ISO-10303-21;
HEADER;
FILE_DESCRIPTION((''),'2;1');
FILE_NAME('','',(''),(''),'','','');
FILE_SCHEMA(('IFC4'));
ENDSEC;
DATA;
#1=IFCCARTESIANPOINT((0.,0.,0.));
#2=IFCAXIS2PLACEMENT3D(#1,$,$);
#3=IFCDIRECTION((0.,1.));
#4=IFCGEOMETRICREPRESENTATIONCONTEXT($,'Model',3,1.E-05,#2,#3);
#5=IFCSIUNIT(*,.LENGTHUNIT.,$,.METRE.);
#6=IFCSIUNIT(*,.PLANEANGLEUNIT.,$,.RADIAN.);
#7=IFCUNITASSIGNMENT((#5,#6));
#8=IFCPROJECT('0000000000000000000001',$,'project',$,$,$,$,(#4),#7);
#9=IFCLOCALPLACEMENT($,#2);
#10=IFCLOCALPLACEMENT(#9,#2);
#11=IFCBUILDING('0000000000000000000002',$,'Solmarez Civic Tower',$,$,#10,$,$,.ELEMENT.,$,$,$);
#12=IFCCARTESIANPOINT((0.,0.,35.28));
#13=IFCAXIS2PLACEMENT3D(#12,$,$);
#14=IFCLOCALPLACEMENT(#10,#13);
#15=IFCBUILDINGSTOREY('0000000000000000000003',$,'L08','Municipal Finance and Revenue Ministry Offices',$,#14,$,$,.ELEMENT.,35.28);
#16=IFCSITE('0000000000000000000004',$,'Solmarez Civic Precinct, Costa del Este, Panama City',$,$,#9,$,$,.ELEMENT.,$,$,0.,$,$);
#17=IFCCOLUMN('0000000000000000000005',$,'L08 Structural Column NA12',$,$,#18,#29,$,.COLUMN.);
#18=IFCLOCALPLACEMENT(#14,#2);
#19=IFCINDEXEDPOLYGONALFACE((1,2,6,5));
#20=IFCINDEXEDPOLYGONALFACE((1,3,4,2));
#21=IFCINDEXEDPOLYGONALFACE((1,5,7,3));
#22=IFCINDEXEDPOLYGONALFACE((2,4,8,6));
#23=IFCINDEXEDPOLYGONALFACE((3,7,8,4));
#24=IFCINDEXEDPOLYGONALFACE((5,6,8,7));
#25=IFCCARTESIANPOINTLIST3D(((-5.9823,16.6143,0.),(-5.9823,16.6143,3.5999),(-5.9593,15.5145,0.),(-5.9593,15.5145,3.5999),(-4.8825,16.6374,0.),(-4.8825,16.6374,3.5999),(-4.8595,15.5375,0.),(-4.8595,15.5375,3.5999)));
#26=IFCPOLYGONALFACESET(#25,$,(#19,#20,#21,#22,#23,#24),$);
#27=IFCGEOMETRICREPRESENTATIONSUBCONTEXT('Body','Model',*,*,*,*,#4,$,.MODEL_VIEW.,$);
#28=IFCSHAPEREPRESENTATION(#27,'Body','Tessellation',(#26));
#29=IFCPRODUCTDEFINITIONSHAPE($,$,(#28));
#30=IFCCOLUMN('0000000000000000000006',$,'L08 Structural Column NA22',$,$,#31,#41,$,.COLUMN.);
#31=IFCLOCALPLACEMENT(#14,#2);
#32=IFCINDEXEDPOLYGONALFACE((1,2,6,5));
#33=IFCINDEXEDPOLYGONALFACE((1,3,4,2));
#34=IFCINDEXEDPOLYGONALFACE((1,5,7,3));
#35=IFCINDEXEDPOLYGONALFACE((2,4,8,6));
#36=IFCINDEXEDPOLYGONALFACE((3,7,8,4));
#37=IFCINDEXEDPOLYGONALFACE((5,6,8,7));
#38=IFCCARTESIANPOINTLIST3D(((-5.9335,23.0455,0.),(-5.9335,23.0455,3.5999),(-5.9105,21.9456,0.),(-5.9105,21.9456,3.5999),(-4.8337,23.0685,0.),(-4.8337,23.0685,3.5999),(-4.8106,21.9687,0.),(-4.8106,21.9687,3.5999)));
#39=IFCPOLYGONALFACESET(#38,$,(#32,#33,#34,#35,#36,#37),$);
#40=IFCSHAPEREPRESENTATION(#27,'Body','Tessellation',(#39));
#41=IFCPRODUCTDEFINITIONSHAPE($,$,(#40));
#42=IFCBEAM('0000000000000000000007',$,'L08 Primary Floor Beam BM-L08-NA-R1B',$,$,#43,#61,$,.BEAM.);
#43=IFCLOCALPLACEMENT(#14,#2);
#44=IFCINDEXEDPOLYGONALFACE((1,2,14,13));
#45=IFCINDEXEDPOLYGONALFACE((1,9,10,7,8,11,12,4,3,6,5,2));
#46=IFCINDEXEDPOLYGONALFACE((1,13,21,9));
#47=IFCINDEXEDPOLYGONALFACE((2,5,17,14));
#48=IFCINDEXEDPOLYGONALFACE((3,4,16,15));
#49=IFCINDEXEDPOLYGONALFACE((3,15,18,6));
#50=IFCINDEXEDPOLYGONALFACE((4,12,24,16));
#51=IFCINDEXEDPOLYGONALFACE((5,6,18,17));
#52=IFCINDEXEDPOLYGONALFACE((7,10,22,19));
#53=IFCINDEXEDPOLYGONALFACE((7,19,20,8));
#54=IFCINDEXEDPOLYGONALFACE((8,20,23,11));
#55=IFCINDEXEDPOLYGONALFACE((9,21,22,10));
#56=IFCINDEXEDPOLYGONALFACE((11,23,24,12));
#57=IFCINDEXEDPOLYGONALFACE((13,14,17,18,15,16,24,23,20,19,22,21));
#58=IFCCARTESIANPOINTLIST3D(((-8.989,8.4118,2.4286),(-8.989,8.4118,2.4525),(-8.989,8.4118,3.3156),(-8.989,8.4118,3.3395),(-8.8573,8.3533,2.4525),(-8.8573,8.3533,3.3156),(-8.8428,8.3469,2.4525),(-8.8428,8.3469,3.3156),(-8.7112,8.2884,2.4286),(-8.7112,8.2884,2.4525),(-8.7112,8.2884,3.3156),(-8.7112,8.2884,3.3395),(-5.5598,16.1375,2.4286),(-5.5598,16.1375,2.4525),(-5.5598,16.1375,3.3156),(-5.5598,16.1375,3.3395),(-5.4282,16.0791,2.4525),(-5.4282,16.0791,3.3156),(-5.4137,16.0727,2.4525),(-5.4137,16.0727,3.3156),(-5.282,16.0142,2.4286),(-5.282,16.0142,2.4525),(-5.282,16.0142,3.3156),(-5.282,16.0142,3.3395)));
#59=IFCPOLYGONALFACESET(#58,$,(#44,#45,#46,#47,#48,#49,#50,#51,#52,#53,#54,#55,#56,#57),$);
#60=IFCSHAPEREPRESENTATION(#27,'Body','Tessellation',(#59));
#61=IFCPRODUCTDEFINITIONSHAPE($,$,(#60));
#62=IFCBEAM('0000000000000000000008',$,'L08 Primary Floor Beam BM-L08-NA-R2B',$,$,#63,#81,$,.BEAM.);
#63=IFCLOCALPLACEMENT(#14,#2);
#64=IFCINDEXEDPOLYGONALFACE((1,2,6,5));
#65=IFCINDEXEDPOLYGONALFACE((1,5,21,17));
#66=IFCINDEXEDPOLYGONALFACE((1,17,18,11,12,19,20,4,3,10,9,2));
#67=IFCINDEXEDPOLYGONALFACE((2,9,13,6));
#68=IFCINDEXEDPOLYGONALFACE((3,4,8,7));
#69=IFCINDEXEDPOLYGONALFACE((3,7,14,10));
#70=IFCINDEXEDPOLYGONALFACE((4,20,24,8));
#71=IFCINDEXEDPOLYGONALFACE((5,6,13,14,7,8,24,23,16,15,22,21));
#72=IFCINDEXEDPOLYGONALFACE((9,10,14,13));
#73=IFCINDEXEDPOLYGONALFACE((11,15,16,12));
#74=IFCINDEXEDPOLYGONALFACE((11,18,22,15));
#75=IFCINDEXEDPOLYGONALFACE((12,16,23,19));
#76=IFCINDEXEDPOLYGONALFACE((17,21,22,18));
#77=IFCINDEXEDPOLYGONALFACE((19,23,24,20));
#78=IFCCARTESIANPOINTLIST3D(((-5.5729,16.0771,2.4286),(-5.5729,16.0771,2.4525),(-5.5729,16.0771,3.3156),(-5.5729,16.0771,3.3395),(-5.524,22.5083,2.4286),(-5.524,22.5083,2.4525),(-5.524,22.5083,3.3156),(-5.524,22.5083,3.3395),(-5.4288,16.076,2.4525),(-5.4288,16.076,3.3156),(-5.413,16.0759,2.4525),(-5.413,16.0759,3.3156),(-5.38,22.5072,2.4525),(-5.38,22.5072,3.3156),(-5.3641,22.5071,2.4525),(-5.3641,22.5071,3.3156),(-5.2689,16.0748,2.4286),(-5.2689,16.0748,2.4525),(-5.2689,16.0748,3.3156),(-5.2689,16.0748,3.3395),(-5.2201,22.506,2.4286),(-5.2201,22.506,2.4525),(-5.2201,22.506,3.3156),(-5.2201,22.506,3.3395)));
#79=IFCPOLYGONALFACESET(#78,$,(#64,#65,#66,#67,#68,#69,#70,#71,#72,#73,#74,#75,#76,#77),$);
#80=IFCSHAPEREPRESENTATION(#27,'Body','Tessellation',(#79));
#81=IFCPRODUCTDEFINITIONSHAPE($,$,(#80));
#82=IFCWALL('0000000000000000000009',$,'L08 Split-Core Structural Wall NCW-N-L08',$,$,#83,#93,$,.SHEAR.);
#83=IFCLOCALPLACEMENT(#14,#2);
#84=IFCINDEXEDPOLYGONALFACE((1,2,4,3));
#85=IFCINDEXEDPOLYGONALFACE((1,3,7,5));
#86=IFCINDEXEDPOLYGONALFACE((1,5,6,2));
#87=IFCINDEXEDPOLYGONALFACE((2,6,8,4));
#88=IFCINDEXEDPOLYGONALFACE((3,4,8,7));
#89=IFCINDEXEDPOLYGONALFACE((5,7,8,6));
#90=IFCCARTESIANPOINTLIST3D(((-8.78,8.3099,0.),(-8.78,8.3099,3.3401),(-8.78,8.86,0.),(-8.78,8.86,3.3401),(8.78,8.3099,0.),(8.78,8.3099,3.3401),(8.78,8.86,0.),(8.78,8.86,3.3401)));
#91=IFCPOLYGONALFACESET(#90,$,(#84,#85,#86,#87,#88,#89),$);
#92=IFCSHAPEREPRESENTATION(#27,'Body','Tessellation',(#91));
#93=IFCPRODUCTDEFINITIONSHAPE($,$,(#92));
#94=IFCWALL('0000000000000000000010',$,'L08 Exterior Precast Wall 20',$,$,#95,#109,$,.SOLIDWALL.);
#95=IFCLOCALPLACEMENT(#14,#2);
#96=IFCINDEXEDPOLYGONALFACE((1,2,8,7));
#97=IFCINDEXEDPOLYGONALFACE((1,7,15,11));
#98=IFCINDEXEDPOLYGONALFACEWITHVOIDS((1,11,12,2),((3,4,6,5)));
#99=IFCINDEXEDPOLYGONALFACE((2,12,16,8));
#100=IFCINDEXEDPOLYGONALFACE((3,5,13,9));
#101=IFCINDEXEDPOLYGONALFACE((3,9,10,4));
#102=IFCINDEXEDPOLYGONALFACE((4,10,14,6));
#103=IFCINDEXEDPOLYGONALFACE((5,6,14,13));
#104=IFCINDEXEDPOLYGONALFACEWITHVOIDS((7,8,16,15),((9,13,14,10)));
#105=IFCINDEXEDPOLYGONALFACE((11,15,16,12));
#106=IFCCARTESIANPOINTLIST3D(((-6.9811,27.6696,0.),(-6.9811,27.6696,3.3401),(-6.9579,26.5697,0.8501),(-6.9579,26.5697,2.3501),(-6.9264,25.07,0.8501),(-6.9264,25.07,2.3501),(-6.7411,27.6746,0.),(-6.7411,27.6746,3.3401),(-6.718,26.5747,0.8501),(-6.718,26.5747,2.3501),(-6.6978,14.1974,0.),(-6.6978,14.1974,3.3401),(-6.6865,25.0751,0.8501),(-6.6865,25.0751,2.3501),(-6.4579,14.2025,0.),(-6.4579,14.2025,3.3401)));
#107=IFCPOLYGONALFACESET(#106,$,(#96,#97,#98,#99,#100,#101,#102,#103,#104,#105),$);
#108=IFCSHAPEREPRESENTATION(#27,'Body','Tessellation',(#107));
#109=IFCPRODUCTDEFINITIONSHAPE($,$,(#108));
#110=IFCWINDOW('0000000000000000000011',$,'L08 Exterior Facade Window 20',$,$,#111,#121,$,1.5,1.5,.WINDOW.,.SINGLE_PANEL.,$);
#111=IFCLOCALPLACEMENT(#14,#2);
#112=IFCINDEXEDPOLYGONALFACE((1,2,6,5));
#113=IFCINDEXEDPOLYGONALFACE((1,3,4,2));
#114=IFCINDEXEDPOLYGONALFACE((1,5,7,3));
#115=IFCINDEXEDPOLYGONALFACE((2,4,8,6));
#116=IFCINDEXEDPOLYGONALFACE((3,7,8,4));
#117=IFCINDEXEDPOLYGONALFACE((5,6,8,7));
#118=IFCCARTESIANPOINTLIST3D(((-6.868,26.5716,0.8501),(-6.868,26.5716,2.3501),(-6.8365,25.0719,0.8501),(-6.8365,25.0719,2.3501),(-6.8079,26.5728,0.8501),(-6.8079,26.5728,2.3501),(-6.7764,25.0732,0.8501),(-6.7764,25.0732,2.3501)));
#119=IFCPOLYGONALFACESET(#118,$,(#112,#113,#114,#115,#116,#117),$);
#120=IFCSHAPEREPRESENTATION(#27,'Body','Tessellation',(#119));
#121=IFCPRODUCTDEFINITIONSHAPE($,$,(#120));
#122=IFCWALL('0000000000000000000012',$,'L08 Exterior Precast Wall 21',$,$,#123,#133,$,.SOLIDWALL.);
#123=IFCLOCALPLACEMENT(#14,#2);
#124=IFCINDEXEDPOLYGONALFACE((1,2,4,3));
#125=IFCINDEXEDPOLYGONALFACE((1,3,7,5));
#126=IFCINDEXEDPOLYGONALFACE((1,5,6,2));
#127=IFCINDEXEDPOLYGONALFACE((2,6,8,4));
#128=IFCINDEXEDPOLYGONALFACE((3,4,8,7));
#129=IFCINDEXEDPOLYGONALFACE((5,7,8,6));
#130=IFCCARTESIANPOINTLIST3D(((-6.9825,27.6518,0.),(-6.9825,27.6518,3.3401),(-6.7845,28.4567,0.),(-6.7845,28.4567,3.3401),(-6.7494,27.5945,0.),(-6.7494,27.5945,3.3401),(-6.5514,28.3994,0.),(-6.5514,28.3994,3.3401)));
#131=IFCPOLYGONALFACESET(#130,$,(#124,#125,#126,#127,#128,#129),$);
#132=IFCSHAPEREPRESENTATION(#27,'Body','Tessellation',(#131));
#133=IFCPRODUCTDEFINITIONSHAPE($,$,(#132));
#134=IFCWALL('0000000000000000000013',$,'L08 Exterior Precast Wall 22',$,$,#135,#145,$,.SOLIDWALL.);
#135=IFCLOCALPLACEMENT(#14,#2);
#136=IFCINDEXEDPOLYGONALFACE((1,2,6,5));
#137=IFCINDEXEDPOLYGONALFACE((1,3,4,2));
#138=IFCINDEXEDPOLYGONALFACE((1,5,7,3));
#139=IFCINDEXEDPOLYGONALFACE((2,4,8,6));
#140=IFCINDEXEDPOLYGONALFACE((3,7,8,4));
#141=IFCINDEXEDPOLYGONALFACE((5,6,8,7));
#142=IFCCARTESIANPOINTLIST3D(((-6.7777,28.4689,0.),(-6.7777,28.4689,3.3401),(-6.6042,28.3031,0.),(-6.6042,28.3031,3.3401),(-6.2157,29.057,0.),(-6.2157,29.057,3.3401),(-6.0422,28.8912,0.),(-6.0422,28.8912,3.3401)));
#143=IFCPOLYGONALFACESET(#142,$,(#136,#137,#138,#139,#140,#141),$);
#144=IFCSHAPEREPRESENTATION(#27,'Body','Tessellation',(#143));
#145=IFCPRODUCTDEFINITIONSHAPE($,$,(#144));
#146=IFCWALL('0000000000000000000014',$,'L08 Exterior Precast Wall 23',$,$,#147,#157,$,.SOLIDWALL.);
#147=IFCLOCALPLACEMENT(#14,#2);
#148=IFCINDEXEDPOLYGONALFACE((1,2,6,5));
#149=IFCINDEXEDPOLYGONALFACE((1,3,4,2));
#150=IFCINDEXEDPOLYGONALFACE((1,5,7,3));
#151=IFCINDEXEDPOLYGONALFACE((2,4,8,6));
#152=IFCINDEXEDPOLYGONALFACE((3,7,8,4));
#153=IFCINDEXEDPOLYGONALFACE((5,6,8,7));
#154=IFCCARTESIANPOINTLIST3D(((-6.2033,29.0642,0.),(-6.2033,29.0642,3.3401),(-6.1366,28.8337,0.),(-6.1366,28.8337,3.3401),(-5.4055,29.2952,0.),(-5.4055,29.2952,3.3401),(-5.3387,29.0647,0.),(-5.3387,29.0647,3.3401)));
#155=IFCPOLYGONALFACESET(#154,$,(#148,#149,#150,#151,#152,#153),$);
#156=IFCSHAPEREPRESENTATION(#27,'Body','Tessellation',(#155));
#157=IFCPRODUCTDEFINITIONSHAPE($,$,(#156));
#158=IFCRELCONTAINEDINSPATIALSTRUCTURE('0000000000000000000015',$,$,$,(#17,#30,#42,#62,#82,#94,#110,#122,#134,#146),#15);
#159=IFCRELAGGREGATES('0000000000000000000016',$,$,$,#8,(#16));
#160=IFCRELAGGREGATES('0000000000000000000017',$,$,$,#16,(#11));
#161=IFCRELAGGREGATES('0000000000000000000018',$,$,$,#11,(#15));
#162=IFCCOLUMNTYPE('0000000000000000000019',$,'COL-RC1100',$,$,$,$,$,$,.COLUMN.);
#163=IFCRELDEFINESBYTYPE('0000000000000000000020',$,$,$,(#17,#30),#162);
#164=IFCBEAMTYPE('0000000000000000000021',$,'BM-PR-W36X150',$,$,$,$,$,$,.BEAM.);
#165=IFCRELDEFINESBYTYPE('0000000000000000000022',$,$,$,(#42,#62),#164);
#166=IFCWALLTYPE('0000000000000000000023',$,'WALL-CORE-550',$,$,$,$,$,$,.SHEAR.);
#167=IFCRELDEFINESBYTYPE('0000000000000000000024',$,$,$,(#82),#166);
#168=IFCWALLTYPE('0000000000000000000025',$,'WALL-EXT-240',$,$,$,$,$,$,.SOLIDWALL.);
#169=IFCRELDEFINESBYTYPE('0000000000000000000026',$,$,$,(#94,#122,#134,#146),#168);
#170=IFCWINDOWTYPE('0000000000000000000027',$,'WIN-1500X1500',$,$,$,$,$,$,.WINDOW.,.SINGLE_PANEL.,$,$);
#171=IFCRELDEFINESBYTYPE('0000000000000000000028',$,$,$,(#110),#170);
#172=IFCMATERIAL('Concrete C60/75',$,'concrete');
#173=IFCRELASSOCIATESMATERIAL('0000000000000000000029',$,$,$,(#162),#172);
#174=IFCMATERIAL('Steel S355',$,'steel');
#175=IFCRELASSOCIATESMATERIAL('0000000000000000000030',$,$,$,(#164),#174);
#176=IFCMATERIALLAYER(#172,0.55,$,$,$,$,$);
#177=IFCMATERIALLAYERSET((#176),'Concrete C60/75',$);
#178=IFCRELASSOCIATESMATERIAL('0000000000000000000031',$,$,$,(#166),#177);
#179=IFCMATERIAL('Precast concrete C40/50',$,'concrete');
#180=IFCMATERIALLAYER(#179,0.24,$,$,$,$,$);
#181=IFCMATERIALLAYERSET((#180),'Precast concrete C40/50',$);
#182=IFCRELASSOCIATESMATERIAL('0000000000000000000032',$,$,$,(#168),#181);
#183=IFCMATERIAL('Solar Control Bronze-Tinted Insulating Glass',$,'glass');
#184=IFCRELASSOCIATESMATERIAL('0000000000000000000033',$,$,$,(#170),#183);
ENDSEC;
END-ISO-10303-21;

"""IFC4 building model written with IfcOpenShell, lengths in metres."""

from ifc_helpers import new_model, si_unit, direction, frame, frame_2d, origin, origin_2d, place, context, subcontext, project, spatial, rectangle, i_section, extrude, material, layer, layer_set, material_profile, profile_set, type_object, element, fill, save


model = new_model("IFC4")

# Units and contexts
model_context = context("Model", 3, precision=1e-05, world=origin(), true_north=direction((0.0, 1.0)))
body_context = subcontext(model_context, "Body", "Model", "MODEL_VIEW")
ifc_project = project(units=[si_unit("LENGTHUNIT", "METRE"), si_unit("PLANEANGLEUNIT", "RADIAN")], contexts=[model_context])

# Site, building, storey
site_placement = place(None, origin())
site = spatial("IfcSite", under=ifc_project, at=site_placement, Name="Solmarez Civic Precinct, Costa del Este, Panama City", CompositionType="ELEMENT", RefElevation=0.0)
building_placement = place(site_placement, origin())
building = spatial("IfcBuilding", under=site, at=building_placement, Name="Solmarez Civic Tower", CompositionType="ELEMENT")
storey_placement = place(building_placement, frame((0.0, 0.0, 35.28)))
storey = spatial("IfcBuildingStorey", under=building, at=storey_placement, Name="L08", Description="Municipal Finance and Revenue Ministry Offices", CompositionType="ELEMENT", Elevation=35.28)

# Columns
ifc_material_1 = material(Name="Concrete C60/75", Category="concrete")
ifc_material_profile_1 = material_profile(ifc_material_1, rectangle(XDim=1.1001, YDim=1.1001, at=origin_2d()), Name="RC1100X1100")
ifc_profile_set_1 = profile_set([ifc_material_profile_1], Name="Concrete C60/75")
column_type = type_object("IfcColumnType", Name="COL-RC1100", PredefinedType="COLUMN", material=ifc_profile_set_1)
for number, where, z_axis, x_axis, name in (
    (1, (-5.4209, 16.0759, 0.0), (0.0, 0.0, 1.0), (0.999781, 0.020942, 0.0), "L08 Structural Column NA12"),
    (2, (-5.3721, 22.5071, 0.0), (0.0, 0.0, 1.0), (0.999781, 0.020942, 0.0), "L08 Structural Column NA22"),
):
    element("IfcColumn", number, at=place(storey_placement, frame(where, z_axis=z_axis, x_axis=x_axis)), inside=storey, type_object=column_type, Name=name, PredefinedType="COLUMN", context=body_context, shape_type="SweptSolid", body=[
        extrude(rectangle(XDim=1.1001, YDim=1.1001, at=origin_2d()), origin(), (0.0, 0.0, 1.0), 3.5999),
    ])

# Beams
ifc_material_2 = material(Name="Steel S355", Category="steel")
ifc_material_profile_2 = material_profile(ifc_material_2, i_section(OverallWidth=0.304, OverallDepth=0.9109, WebThickness=0.0159, FlangeThickness=0.0239, at=origin_2d()), Name="W36X150")
ifc_profile_set_2 = profile_set([ifc_material_profile_2], Name="Steel S355")
beam_type = type_object("IfcBeamType", Name="BM-PR-W36X150", PredefinedType="BEAM", material=ifc_profile_set_2)
beam_1_placement = place(storey_placement, frame((-8.8501, 8.3501, 2.884), z_axis=(0.405694, 0.914009, 0.0), x_axis=(-0.914009, 0.405694, 0.0)))
element("IfcBeam", 3, at=beam_1_placement, inside=storey, type_object=beam_type, Name="L08 Primary Floor Beam BM-L08-NA-R1B", PredefinedType="BEAM", context=body_context, shape_type="SweptSolid", body=[
    extrude(i_section(OverallWidth=0.304, OverallDepth=0.9109, WebThickness=0.0159, FlangeThickness=0.0239, at=origin_2d()), origin(), (0.0, 0.0, 1.0), 8.4526),
])
beam_2_placement = place(storey_placement, frame((-5.4209, 16.0759, 2.884), z_axis=(0.007592, 0.999971, 0.0), x_axis=(-0.999971, 0.007592, 0.0)))
element("IfcBeam", 4, at=beam_2_placement, inside=storey, type_object=beam_type, Name="L08 Primary Floor Beam BM-L08-NA-R2B", PredefinedType="BEAM", context=body_context, shape_type="SweptSolid", body=[
    extrude(i_section(OverallWidth=0.304, OverallDepth=0.9109, WebThickness=0.0159, FlangeThickness=0.0239, at=origin_2d()), origin(), (0.0, 0.0, 1.0), 6.4314),
])

# Wall
ifc_layer_1 = layer(ifc_material_1, 0.55)
ifc_layer_set_1 = layer_set([ifc_layer_1], Name="Concrete C60/75")
wall_type_1 = type_object("IfcWallType", Name="WALL-CORE-550", PredefinedType="SHEAR", material=ifc_layer_set_1)
wall_1_placement = place(storey_placement, frame((-8.78, 8.585, 0.0), z_axis=(0.0, 0.0, 1.0), x_axis=(1.0, 0.0, 0.0)))
element("IfcWall", 5, at=wall_1_placement, inside=storey, type_object=wall_type_1, Name="L08 Split-Core Structural Wall NCW-N-L08", PredefinedType="SHEAR", context=body_context, shape_type="SweptSolid", body=[
    extrude(rectangle(XDim=17.5601, YDim=0.55, at=frame_2d((8.78, 0.0))), origin(), (0.0, 0.0, 1.0), 3.3401),
])

# Wall, opening, window
ifc_material_3 = material(Name="Precast concrete C40/50", Category="concrete")
ifc_layer_2 = layer(ifc_material_3, 0.24)
ifc_layer_set_2 = layer_set([ifc_layer_2], Name="Precast concrete C40/50")
wall_type_2 = type_object("IfcWallType", Name="WALL-EXT-240", PredefinedType="SOLIDWALL", material=ifc_layer_set_2)
wall_2_placement = place(storey_placement, frame((-6.5779, 14.2, 0.0), z_axis=(0.0, 0.0, 1.0), x_axis=(-0.021017, 0.999779, 0.0)))
wall_2 = element("IfcWall", 6, at=wall_2_placement, inside=storey, type_object=wall_type_2, Name="L08 Exterior Precast Wall 20", PredefinedType="SOLIDWALL", context=body_context, shape_type="SweptSolid", body=[
    extrude(rectangle(XDim=13.4751, YDim=0.24, at=frame_2d((6.7375, 0.0))), origin(), (0.0, 0.0, 1.0), 3.3401),
])
opening_1_placement = place(wall_2_placement, frame((10.875, 0.0, 0.8501)))
opening_1 = element("IfcOpeningElement", 7, at=opening_1_placement, cuts=wall_2, PredefinedType="OPENING", context=body_context, shape_type="SweptSolid", body=[
    extrude(rectangle(XDim=1.5, YDim=1.5, at=frame_2d((0.75, 0.75))), frame((0.0, 0.1299, 0.0), z_axis=(0.0, -1.0, 0.0), x_axis=(1.0, 0.0, 0.0)), (0.0, 0.0, 1.0), 0.26),
])
ifc_material_4 = material(Name="Solar Control Bronze-Tinted Insulating Glass", Category="glass")
window_type_1 = type_object("IfcWindowType", Name="WIN-1500X1500", PartitioningType="SINGLE_PANEL", PredefinedType="WINDOW", material=ifc_material_4)
window_1_placement = place(opening_1_placement, origin())
window_1 = element("IfcWindow", 8, at=window_1_placement, inside=storey, type_object=window_type_1, Name="L08 Exterior Facade Window 20", OverallHeight=1.5, OverallWidth=1.5, PartitioningType="SINGLE_PANEL", PredefinedType="WINDOW", context=body_context, shape_type="SweptSolid", body=[
    extrude(rectangle(XDim=1.5, YDim=1.5, at=frame_2d((0.75, 0.75))), frame((0.0, 0.03, 0.0), z_axis=(0.0, -1.0, 0.0), x_axis=(1.0, 0.0, 0.0)), (0.0, 0.0, 1.0), 0.0601),
])
fill(opening_1, window_1)

# Walls
wall_3_placement = place(storey_placement, frame((-6.866, 27.623, 0.0), z_axis=(0.0, 0.0, 1.0), x_axis=(0.238861, 0.971054, 0.0)))
element("IfcWall", 9, at=wall_3_placement, inside=storey, type_object=wall_type_2, Name="L08 Exterior Precast Wall 21", PredefinedType="SOLIDWALL", context=body_context, shape_type="SweptSolid", body=[
    extrude(rectangle(XDim=0.8289, YDim=0.24, at=frame_2d((0.4146, 0.0))), origin(), (0.0, 0.0, 1.0), 3.3401),
])
wall_4_placement = place(storey_placement, frame((-6.6909, 28.386, 0.0), z_axis=(0.0, 0.0, 1.0), x_axis=(0.690868, 0.722981, 0.0)))
element("IfcWall", 10, at=wall_4_placement, inside=storey, type_object=wall_type_2, Name="L08 Exterior Precast Wall 22", PredefinedType="SOLIDWALL", context=body_context, shape_type="SweptSolid", body=[
    extrude(rectangle(XDim=0.8135, YDim=0.24, at=frame_2d((0.4067, 0.0))), origin(), (0.0, 0.0, 1.0), 3.3401),
])
wall_5_placement = place(storey_placement, frame((-6.1699, 28.949, 0.0), z_axis=(0.0, 0.0, 1.0), x_axis=(0.960564, 0.278058, 0.0)))
element("IfcWall", 11, at=wall_5_placement, inside=storey, type_object=wall_type_2, Name="L08 Exterior Precast Wall 23", PredefinedType="SOLIDWALL", context=body_context, shape_type="SweptSolid", body=[
    extrude(rectangle(XDim=0.8306, YDim=0.24, at=frame_2d((0.4153, 0.0))), origin(), (0.0, 0.0, 1.0), 3.3401),
])

save(model, "model.ifc")
